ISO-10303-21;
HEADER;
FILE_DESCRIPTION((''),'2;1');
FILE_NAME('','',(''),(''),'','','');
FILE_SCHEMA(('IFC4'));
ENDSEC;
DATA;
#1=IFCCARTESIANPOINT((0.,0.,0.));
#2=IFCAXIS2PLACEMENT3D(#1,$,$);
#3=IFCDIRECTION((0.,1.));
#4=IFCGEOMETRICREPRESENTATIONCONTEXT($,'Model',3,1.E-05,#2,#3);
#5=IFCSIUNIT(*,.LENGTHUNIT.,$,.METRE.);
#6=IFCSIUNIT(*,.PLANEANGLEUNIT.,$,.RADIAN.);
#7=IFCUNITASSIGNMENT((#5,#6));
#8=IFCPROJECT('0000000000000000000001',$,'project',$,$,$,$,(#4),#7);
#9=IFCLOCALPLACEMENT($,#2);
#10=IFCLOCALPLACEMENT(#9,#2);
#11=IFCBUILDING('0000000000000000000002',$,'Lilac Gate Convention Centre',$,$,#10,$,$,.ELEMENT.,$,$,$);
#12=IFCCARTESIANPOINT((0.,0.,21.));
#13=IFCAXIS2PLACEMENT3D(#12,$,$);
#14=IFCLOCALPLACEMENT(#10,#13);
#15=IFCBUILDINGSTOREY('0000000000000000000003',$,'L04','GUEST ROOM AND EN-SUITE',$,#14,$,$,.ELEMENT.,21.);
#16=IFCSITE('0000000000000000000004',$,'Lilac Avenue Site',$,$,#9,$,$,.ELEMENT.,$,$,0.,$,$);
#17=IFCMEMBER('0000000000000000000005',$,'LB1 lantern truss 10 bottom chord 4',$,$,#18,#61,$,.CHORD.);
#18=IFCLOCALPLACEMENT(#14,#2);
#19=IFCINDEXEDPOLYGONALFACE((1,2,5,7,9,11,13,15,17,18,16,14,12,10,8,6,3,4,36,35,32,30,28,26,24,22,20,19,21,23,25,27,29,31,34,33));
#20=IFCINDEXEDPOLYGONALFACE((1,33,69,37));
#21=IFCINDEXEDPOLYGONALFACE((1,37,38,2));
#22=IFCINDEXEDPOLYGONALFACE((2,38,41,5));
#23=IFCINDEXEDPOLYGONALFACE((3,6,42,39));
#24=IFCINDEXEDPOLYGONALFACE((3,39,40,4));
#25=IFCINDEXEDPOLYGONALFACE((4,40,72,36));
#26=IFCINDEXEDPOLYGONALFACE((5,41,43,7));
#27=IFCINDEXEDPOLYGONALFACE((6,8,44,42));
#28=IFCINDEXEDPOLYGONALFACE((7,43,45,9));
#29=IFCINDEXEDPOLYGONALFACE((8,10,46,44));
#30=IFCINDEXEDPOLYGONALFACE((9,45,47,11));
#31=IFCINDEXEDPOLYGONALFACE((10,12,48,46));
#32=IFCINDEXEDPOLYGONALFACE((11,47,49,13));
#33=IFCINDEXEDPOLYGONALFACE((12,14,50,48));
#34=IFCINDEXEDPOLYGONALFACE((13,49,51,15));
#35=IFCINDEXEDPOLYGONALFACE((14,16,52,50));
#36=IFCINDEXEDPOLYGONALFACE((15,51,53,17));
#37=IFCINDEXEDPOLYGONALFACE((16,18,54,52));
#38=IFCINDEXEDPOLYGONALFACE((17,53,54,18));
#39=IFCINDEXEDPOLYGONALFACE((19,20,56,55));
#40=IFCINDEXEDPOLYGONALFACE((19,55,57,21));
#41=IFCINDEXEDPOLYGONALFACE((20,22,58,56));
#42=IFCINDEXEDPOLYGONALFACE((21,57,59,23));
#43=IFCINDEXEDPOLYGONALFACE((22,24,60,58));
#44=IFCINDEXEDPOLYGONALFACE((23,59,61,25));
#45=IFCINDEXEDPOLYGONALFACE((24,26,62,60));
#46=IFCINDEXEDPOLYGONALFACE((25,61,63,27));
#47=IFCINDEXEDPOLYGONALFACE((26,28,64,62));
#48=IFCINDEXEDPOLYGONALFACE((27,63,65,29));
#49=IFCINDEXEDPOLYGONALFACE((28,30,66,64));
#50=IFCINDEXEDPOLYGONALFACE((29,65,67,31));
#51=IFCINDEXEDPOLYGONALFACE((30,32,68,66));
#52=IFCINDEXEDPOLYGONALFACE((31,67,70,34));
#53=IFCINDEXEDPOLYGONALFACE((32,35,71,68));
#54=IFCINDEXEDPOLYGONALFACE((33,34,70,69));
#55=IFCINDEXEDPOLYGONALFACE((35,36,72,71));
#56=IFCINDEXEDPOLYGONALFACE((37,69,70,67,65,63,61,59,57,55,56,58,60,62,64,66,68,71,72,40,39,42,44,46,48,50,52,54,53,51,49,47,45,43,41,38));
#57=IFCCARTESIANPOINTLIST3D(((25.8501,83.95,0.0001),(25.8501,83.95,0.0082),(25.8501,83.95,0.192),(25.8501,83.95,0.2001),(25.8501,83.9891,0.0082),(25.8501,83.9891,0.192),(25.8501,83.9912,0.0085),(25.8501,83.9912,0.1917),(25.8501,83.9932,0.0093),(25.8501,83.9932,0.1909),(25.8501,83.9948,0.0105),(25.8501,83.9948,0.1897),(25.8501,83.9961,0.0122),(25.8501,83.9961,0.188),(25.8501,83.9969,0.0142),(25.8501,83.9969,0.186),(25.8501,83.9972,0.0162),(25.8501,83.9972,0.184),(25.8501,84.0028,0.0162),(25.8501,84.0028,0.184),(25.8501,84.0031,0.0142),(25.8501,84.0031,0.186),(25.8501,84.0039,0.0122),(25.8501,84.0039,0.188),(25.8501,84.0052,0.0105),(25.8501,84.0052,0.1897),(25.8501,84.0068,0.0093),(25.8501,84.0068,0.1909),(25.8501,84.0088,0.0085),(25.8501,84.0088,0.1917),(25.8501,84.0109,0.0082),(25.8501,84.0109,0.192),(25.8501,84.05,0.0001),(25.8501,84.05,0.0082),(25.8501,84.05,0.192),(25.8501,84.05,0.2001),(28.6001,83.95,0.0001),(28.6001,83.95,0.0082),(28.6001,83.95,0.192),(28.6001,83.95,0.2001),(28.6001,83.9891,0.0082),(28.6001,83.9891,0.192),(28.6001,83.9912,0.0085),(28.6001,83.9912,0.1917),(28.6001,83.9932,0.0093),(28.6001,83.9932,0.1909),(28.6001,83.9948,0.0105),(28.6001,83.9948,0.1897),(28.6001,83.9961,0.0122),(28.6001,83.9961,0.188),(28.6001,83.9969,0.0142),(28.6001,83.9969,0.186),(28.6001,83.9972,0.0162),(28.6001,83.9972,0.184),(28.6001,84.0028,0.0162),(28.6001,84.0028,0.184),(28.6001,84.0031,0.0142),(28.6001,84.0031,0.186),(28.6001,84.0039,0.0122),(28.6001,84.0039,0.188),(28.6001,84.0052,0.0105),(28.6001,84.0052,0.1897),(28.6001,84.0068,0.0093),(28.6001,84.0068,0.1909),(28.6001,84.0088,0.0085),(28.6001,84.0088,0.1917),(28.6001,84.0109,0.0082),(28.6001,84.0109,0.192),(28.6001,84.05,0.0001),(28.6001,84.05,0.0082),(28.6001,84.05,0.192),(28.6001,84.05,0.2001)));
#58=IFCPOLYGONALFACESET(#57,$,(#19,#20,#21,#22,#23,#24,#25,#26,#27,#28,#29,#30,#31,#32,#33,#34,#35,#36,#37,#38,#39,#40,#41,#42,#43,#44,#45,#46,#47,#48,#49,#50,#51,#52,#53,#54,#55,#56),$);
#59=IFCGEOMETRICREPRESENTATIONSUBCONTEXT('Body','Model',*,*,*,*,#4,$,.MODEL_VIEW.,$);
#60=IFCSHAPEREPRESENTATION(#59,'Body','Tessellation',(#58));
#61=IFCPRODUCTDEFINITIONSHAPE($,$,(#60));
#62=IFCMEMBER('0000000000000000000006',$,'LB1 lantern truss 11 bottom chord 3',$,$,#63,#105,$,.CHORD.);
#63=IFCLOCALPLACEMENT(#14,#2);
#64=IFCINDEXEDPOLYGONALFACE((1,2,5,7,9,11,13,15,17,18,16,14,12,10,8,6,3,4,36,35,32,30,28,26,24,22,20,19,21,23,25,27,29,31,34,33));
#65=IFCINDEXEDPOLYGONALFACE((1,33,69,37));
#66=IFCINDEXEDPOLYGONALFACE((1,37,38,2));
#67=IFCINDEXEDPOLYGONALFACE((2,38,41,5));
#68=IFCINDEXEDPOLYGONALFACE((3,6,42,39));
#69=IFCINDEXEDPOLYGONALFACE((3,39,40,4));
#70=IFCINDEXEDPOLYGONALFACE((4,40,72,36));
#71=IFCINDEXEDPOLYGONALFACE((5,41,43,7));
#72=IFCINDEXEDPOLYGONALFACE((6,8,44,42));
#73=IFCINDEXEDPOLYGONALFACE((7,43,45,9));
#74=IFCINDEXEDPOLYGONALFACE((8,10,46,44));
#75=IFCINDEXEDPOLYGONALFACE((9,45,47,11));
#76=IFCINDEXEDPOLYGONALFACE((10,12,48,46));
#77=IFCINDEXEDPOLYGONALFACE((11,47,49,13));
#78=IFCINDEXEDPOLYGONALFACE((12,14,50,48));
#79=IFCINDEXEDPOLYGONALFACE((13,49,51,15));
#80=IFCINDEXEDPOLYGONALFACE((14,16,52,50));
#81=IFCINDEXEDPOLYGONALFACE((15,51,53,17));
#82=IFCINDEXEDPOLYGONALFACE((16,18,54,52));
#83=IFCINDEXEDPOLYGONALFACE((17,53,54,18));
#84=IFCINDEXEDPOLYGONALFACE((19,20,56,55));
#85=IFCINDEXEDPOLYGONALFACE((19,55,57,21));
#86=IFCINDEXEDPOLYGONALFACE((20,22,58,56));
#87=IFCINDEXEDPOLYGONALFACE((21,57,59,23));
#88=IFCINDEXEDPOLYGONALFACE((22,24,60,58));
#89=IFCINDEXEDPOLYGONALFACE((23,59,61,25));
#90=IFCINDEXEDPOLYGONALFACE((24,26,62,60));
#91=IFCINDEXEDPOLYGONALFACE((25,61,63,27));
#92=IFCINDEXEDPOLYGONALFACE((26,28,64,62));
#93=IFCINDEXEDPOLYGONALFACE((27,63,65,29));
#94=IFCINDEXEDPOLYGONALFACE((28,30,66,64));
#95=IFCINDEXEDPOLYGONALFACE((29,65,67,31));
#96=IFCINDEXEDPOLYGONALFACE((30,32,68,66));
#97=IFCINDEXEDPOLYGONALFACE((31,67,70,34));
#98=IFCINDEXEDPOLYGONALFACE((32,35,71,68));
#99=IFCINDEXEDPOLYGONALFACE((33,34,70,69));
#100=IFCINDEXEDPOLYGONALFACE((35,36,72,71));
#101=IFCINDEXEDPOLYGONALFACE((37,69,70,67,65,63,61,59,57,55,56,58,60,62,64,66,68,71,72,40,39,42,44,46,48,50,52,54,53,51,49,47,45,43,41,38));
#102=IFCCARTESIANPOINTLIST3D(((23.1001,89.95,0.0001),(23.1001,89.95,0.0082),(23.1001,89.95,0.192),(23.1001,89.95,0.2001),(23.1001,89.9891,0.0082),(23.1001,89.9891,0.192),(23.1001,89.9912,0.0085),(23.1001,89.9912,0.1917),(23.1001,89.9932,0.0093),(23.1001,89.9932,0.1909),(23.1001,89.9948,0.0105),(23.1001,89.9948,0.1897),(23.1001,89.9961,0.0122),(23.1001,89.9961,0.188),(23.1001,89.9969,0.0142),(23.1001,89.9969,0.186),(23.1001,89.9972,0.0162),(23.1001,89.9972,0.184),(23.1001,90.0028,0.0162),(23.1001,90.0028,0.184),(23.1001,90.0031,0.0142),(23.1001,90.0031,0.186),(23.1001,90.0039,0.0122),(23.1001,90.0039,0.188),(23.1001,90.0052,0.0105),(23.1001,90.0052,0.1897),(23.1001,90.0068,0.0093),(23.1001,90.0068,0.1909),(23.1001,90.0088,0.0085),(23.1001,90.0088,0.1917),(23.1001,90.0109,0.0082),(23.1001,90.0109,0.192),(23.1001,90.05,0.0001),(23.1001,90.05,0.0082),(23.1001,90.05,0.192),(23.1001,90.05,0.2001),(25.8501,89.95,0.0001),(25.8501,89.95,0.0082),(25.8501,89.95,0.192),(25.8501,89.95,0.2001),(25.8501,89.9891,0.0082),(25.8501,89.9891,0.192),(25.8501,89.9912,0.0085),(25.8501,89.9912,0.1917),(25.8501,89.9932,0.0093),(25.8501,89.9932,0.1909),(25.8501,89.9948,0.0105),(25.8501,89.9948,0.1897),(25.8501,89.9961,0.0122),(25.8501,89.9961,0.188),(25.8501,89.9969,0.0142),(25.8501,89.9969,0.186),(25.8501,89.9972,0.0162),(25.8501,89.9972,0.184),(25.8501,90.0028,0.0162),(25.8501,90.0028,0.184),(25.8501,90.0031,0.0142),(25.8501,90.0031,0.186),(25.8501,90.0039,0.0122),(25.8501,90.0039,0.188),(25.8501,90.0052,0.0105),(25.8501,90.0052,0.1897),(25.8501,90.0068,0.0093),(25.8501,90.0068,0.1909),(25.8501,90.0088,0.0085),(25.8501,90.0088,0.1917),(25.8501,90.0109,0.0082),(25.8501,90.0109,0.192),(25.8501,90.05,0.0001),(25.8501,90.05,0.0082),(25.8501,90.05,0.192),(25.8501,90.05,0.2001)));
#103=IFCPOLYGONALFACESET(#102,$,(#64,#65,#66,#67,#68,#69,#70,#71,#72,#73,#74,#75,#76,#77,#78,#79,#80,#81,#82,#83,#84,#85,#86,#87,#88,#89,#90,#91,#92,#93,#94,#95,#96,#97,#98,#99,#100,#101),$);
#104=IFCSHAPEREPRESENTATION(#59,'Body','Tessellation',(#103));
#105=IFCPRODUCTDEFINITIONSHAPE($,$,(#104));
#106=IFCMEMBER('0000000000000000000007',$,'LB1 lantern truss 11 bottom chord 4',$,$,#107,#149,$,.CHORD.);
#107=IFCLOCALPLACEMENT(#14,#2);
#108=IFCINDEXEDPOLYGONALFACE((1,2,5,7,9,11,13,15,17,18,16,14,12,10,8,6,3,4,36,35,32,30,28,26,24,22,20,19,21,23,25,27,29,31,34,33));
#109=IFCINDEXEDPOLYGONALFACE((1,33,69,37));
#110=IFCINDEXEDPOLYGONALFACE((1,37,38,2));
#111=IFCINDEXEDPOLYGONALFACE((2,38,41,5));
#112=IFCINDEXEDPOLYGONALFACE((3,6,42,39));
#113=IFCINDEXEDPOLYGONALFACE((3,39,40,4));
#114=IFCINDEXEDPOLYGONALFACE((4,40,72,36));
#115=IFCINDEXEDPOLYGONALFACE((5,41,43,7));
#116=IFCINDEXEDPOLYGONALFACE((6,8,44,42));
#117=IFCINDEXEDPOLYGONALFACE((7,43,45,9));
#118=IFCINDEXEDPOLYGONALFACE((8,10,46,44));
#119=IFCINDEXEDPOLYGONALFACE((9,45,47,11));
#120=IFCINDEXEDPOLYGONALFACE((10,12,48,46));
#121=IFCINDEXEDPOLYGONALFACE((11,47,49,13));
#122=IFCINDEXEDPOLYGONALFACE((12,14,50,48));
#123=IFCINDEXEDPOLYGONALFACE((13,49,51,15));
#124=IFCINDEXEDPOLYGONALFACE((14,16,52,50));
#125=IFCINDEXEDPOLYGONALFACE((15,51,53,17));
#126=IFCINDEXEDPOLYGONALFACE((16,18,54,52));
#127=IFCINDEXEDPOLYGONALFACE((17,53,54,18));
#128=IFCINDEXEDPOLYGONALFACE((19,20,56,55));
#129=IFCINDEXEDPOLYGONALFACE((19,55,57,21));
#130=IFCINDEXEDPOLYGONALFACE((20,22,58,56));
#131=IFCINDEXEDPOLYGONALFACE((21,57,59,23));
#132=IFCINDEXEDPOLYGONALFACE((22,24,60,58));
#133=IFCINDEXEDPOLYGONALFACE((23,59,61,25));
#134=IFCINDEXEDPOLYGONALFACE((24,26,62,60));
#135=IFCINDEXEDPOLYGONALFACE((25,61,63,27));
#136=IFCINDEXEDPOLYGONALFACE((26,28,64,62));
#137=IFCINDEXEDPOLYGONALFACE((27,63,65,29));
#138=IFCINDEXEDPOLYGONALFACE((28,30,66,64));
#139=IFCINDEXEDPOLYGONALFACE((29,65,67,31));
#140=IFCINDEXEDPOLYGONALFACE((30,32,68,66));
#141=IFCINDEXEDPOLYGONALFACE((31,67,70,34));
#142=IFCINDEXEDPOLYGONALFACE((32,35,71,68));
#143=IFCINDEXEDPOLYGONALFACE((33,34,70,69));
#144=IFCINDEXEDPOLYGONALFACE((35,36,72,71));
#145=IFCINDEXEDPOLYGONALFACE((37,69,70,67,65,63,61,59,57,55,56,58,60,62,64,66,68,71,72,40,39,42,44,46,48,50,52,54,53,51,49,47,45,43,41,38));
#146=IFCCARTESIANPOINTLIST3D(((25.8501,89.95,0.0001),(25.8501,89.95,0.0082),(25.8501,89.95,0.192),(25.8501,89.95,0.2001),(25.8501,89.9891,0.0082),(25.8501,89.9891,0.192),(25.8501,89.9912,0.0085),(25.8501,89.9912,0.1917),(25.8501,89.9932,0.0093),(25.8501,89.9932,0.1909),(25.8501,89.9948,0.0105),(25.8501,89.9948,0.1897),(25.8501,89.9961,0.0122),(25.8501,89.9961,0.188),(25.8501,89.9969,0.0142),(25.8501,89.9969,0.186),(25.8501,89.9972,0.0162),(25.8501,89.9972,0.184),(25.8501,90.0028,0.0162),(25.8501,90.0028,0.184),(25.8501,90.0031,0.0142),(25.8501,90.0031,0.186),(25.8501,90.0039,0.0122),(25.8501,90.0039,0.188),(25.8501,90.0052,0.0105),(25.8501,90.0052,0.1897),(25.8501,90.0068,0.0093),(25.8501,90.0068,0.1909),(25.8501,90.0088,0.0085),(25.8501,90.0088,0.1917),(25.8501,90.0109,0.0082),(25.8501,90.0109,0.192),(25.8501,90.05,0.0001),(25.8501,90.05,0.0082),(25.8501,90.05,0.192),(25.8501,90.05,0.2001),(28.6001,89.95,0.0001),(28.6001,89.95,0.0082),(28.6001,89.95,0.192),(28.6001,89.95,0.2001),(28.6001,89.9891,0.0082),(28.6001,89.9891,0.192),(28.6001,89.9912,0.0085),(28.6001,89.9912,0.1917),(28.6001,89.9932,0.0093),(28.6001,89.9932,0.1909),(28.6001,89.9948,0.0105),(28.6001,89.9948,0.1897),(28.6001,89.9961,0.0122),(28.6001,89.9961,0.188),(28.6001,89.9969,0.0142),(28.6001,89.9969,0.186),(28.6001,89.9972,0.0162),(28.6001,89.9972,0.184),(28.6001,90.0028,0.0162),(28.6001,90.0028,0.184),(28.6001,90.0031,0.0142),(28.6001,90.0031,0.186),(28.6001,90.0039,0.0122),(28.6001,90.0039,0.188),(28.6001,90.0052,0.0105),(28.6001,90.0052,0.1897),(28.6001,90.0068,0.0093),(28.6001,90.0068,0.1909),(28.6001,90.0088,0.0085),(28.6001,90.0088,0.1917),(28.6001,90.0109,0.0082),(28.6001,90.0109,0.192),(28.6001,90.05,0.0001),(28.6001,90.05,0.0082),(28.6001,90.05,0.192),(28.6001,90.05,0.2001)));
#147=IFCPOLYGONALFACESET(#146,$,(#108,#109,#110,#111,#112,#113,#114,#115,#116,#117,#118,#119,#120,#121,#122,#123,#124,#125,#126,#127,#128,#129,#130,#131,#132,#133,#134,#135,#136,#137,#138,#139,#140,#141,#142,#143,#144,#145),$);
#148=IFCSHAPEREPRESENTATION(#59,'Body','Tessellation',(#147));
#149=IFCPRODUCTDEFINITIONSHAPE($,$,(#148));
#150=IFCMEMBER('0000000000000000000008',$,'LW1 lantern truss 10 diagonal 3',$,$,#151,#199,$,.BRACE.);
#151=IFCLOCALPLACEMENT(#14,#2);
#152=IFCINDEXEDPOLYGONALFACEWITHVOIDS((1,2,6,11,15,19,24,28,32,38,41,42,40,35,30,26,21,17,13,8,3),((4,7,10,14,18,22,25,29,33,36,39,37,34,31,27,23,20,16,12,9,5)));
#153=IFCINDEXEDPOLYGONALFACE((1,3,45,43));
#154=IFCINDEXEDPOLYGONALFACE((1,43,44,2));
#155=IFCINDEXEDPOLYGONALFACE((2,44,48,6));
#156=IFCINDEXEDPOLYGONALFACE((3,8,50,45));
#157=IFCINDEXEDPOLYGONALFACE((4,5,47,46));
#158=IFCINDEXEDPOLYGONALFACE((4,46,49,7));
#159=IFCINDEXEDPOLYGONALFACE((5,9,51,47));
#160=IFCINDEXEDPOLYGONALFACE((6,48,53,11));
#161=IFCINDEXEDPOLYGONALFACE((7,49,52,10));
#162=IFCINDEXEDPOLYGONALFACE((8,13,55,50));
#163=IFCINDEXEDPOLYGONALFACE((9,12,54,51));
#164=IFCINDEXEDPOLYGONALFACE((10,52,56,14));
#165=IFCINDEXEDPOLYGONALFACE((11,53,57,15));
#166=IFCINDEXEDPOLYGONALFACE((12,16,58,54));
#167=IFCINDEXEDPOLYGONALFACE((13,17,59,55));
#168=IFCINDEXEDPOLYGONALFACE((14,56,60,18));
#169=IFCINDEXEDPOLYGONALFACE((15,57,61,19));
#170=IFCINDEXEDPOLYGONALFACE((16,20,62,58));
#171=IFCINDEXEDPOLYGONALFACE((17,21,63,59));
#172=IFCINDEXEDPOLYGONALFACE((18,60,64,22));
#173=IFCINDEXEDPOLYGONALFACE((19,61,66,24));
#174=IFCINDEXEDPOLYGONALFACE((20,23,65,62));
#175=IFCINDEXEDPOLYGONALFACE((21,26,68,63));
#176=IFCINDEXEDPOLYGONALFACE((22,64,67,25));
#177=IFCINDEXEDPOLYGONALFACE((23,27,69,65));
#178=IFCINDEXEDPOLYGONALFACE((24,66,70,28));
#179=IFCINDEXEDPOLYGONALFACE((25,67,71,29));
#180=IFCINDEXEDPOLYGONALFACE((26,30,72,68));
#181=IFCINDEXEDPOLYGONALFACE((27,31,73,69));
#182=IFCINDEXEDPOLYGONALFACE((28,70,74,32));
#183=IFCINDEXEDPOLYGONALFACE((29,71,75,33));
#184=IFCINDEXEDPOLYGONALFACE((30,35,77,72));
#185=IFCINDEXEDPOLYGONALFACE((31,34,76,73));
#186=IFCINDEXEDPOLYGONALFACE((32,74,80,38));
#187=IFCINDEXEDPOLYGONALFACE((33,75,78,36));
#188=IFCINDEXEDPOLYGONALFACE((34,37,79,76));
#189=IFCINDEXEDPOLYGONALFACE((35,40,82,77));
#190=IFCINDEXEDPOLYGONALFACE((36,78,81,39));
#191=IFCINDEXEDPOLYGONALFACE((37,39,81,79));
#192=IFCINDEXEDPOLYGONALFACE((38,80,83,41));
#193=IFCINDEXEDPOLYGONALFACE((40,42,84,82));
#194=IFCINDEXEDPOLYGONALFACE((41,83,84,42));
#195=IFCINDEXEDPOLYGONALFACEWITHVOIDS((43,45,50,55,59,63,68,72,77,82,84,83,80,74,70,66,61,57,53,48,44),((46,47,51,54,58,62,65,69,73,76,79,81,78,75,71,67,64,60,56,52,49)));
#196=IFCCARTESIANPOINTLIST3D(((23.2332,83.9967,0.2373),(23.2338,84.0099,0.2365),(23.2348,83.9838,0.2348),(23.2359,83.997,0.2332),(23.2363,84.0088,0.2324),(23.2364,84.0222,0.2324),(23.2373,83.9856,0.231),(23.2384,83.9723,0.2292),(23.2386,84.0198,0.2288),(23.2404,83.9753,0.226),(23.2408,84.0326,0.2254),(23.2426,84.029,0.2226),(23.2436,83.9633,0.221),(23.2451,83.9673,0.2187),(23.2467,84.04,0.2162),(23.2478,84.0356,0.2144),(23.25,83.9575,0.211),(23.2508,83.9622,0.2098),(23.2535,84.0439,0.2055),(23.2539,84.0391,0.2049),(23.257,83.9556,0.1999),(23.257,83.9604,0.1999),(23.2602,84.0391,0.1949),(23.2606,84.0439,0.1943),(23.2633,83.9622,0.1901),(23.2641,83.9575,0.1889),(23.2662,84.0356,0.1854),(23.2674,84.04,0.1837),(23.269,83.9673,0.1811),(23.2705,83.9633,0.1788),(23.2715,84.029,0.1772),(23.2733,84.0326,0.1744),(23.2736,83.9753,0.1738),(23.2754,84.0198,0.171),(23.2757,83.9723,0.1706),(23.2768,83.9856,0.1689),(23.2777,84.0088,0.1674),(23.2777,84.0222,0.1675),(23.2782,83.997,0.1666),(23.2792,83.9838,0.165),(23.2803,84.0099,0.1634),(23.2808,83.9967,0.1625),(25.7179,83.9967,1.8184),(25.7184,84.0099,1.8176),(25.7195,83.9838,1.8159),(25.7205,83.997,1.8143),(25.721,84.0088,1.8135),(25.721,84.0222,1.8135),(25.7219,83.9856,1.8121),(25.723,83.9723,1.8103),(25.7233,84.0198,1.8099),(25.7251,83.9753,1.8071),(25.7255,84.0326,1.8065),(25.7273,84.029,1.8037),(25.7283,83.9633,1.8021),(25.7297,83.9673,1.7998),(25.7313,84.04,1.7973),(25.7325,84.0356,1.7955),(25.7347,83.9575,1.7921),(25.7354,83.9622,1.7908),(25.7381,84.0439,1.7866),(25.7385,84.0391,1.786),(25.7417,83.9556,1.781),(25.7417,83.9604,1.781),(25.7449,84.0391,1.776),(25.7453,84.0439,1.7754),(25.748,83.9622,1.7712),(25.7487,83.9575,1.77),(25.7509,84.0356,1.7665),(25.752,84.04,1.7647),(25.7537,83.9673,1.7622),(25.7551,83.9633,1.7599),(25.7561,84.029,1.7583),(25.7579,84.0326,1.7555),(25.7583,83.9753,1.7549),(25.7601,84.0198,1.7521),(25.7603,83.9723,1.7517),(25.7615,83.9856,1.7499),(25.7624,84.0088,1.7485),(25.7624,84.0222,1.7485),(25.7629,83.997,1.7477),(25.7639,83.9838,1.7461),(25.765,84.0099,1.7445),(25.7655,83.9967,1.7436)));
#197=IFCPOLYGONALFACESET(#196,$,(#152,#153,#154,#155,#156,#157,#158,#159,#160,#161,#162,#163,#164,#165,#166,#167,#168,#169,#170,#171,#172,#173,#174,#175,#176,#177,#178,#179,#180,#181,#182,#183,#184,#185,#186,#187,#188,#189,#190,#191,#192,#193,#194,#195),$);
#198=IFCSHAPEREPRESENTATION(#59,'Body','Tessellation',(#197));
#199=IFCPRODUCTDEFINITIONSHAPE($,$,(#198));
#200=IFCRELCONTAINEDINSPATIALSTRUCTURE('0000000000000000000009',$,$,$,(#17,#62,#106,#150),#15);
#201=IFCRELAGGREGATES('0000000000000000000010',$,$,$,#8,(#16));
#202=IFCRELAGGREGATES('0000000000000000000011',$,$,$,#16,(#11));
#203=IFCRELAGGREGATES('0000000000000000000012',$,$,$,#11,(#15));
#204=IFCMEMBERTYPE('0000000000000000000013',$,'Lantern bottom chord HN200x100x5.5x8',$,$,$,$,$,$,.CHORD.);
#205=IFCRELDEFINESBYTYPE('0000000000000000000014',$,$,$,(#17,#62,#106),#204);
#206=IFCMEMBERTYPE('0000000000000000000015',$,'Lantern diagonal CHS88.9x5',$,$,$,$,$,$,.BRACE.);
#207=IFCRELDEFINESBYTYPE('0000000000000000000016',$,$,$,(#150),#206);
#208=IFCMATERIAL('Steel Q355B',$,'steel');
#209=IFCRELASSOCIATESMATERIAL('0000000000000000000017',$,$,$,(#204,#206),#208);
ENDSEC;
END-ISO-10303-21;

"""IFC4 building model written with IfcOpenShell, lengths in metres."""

from ifc_helpers import new_model, si_unit, direction, frame, origin, origin_2d, place, context, subcontext, project, spatial, hollow_circle, i_section, extrude, material, material_profile, profile_set, type_object, element, save


model = new_model("IFC4")

# Units and contexts
model_context = context("Model", 3, precision=1e-05, world=origin(), true_north=direction((0.0, 1.0)))
body_context = subcontext(model_context, "Body", "Model", "MODEL_VIEW")
ifc_project = project(units=[si_unit("LENGTHUNIT", "METRE"), si_unit("PLANEANGLEUNIT", "RADIAN")], contexts=[model_context])

# Site, building, storey
site_placement = place(None, origin())
site = spatial("IfcSite", under=ifc_project, at=site_placement, Name="Lilac Avenue Site", CompositionType="ELEMENT", RefElevation=0.0)
building_placement = place(site_placement, origin())
building = spatial("IfcBuilding", under=site, at=building_placement, Name="Lilac Gate Convention Centre", CompositionType="ELEMENT")
storey_placement = place(building_placement, frame((0.0, 0.0, 21.0)))
storey = spatial("IfcBuildingStorey", under=building, at=storey_placement, Name="L04", Description="GUEST ROOM AND EN-SUITE", CompositionType="ELEMENT", Elevation=21.0)

# Members
ifc_material_1 = material(Name="Steel Q355B", Category="steel")
ifc_material_profile_1 = material_profile(ifc_material_1, i_section(OverallWidth=0.1001, OverallDepth=0.2, WebThickness=0.0056, FlangeThickness=0.0081, FilletRadius=0.0081, at=origin_2d()), Name="HN200x100x5.5x8")
ifc_profile_set_1 = profile_set([ifc_material_profile_1], Name="Steel Q355B")
member_type_1 = type_object("IfcMemberType", Name="Lantern bottom chord HN200x100x5.5x8", PredefinedType="CHORD", material=ifc_profile_set_1)
for number, where, z_axis, x_axis, name in (
    (1, (25.8501, 84.0, 0.1001), (1.0, 0.0, 0.0), (0.0, 1.0, 0.0), "LB1 lantern truss 10 bottom chord 4"),
    (2, (23.1001, 90.0, 0.1001), (1.0, 0.0, 0.0), (0.0, 1.0, 0.0), "LB1 lantern truss 11 bottom chord 3"),
    (3, (25.8501, 90.0, 0.1001), (1.0, 0.0, 0.0), (0.0, 1.0, 0.0), "LB1 lantern truss 11 bottom chord 4"),
):
    element("IfcMember", number, at=place(storey_placement, frame(where, z_axis=z_axis, x_axis=x_axis)), inside=storey, type_object=member_type_1, Name=name, PredefinedType="CHORD", context=body_context, shape_type="SweptSolid", body=[
        extrude(i_section(OverallWidth=0.1001, OverallDepth=0.2, WebThickness=0.0056, FlangeThickness=0.0081, FilletRadius=0.0081, at=origin_2d()), origin(), (0.0, 0.0, 1.0), 2.75),
    ])
ifc_material_profile_2 = material_profile(ifc_material_1, hollow_circle(Radius=0.0444, WallThickness=0.0049, at=origin_2d()), Name="CHS88.9x5")
ifc_profile_set_2 = profile_set([ifc_material_profile_2], Name="Steel Q355B")
member_type_2 = type_object("IfcMemberType", Name="Lantern diagonal CHS88.9x5", PredefinedType="BRACE", material=ifc_profile_set_2)
member_1_placement = place(storey_placement, frame((25.7417, 84.0, 1.781), z_axis=(-0.843672, 0.0, -0.536859), x_axis=(0.0, -1.0, 0.0)))
element("IfcMember", 4, at=member_1_placement, inside=storey, type_object=member_type_2, Name="LW1 lantern truss 10 diagonal 3", PredefinedType="BRACE", context=body_context, shape_type="SweptSolid", body=[
    extrude(hollow_circle(Radius=0.0444, WallThickness=0.0049, at=origin_2d()), origin(), (0.0, 0.0, 1.0), 2.9451),
])

save(model, "model.ifc")
